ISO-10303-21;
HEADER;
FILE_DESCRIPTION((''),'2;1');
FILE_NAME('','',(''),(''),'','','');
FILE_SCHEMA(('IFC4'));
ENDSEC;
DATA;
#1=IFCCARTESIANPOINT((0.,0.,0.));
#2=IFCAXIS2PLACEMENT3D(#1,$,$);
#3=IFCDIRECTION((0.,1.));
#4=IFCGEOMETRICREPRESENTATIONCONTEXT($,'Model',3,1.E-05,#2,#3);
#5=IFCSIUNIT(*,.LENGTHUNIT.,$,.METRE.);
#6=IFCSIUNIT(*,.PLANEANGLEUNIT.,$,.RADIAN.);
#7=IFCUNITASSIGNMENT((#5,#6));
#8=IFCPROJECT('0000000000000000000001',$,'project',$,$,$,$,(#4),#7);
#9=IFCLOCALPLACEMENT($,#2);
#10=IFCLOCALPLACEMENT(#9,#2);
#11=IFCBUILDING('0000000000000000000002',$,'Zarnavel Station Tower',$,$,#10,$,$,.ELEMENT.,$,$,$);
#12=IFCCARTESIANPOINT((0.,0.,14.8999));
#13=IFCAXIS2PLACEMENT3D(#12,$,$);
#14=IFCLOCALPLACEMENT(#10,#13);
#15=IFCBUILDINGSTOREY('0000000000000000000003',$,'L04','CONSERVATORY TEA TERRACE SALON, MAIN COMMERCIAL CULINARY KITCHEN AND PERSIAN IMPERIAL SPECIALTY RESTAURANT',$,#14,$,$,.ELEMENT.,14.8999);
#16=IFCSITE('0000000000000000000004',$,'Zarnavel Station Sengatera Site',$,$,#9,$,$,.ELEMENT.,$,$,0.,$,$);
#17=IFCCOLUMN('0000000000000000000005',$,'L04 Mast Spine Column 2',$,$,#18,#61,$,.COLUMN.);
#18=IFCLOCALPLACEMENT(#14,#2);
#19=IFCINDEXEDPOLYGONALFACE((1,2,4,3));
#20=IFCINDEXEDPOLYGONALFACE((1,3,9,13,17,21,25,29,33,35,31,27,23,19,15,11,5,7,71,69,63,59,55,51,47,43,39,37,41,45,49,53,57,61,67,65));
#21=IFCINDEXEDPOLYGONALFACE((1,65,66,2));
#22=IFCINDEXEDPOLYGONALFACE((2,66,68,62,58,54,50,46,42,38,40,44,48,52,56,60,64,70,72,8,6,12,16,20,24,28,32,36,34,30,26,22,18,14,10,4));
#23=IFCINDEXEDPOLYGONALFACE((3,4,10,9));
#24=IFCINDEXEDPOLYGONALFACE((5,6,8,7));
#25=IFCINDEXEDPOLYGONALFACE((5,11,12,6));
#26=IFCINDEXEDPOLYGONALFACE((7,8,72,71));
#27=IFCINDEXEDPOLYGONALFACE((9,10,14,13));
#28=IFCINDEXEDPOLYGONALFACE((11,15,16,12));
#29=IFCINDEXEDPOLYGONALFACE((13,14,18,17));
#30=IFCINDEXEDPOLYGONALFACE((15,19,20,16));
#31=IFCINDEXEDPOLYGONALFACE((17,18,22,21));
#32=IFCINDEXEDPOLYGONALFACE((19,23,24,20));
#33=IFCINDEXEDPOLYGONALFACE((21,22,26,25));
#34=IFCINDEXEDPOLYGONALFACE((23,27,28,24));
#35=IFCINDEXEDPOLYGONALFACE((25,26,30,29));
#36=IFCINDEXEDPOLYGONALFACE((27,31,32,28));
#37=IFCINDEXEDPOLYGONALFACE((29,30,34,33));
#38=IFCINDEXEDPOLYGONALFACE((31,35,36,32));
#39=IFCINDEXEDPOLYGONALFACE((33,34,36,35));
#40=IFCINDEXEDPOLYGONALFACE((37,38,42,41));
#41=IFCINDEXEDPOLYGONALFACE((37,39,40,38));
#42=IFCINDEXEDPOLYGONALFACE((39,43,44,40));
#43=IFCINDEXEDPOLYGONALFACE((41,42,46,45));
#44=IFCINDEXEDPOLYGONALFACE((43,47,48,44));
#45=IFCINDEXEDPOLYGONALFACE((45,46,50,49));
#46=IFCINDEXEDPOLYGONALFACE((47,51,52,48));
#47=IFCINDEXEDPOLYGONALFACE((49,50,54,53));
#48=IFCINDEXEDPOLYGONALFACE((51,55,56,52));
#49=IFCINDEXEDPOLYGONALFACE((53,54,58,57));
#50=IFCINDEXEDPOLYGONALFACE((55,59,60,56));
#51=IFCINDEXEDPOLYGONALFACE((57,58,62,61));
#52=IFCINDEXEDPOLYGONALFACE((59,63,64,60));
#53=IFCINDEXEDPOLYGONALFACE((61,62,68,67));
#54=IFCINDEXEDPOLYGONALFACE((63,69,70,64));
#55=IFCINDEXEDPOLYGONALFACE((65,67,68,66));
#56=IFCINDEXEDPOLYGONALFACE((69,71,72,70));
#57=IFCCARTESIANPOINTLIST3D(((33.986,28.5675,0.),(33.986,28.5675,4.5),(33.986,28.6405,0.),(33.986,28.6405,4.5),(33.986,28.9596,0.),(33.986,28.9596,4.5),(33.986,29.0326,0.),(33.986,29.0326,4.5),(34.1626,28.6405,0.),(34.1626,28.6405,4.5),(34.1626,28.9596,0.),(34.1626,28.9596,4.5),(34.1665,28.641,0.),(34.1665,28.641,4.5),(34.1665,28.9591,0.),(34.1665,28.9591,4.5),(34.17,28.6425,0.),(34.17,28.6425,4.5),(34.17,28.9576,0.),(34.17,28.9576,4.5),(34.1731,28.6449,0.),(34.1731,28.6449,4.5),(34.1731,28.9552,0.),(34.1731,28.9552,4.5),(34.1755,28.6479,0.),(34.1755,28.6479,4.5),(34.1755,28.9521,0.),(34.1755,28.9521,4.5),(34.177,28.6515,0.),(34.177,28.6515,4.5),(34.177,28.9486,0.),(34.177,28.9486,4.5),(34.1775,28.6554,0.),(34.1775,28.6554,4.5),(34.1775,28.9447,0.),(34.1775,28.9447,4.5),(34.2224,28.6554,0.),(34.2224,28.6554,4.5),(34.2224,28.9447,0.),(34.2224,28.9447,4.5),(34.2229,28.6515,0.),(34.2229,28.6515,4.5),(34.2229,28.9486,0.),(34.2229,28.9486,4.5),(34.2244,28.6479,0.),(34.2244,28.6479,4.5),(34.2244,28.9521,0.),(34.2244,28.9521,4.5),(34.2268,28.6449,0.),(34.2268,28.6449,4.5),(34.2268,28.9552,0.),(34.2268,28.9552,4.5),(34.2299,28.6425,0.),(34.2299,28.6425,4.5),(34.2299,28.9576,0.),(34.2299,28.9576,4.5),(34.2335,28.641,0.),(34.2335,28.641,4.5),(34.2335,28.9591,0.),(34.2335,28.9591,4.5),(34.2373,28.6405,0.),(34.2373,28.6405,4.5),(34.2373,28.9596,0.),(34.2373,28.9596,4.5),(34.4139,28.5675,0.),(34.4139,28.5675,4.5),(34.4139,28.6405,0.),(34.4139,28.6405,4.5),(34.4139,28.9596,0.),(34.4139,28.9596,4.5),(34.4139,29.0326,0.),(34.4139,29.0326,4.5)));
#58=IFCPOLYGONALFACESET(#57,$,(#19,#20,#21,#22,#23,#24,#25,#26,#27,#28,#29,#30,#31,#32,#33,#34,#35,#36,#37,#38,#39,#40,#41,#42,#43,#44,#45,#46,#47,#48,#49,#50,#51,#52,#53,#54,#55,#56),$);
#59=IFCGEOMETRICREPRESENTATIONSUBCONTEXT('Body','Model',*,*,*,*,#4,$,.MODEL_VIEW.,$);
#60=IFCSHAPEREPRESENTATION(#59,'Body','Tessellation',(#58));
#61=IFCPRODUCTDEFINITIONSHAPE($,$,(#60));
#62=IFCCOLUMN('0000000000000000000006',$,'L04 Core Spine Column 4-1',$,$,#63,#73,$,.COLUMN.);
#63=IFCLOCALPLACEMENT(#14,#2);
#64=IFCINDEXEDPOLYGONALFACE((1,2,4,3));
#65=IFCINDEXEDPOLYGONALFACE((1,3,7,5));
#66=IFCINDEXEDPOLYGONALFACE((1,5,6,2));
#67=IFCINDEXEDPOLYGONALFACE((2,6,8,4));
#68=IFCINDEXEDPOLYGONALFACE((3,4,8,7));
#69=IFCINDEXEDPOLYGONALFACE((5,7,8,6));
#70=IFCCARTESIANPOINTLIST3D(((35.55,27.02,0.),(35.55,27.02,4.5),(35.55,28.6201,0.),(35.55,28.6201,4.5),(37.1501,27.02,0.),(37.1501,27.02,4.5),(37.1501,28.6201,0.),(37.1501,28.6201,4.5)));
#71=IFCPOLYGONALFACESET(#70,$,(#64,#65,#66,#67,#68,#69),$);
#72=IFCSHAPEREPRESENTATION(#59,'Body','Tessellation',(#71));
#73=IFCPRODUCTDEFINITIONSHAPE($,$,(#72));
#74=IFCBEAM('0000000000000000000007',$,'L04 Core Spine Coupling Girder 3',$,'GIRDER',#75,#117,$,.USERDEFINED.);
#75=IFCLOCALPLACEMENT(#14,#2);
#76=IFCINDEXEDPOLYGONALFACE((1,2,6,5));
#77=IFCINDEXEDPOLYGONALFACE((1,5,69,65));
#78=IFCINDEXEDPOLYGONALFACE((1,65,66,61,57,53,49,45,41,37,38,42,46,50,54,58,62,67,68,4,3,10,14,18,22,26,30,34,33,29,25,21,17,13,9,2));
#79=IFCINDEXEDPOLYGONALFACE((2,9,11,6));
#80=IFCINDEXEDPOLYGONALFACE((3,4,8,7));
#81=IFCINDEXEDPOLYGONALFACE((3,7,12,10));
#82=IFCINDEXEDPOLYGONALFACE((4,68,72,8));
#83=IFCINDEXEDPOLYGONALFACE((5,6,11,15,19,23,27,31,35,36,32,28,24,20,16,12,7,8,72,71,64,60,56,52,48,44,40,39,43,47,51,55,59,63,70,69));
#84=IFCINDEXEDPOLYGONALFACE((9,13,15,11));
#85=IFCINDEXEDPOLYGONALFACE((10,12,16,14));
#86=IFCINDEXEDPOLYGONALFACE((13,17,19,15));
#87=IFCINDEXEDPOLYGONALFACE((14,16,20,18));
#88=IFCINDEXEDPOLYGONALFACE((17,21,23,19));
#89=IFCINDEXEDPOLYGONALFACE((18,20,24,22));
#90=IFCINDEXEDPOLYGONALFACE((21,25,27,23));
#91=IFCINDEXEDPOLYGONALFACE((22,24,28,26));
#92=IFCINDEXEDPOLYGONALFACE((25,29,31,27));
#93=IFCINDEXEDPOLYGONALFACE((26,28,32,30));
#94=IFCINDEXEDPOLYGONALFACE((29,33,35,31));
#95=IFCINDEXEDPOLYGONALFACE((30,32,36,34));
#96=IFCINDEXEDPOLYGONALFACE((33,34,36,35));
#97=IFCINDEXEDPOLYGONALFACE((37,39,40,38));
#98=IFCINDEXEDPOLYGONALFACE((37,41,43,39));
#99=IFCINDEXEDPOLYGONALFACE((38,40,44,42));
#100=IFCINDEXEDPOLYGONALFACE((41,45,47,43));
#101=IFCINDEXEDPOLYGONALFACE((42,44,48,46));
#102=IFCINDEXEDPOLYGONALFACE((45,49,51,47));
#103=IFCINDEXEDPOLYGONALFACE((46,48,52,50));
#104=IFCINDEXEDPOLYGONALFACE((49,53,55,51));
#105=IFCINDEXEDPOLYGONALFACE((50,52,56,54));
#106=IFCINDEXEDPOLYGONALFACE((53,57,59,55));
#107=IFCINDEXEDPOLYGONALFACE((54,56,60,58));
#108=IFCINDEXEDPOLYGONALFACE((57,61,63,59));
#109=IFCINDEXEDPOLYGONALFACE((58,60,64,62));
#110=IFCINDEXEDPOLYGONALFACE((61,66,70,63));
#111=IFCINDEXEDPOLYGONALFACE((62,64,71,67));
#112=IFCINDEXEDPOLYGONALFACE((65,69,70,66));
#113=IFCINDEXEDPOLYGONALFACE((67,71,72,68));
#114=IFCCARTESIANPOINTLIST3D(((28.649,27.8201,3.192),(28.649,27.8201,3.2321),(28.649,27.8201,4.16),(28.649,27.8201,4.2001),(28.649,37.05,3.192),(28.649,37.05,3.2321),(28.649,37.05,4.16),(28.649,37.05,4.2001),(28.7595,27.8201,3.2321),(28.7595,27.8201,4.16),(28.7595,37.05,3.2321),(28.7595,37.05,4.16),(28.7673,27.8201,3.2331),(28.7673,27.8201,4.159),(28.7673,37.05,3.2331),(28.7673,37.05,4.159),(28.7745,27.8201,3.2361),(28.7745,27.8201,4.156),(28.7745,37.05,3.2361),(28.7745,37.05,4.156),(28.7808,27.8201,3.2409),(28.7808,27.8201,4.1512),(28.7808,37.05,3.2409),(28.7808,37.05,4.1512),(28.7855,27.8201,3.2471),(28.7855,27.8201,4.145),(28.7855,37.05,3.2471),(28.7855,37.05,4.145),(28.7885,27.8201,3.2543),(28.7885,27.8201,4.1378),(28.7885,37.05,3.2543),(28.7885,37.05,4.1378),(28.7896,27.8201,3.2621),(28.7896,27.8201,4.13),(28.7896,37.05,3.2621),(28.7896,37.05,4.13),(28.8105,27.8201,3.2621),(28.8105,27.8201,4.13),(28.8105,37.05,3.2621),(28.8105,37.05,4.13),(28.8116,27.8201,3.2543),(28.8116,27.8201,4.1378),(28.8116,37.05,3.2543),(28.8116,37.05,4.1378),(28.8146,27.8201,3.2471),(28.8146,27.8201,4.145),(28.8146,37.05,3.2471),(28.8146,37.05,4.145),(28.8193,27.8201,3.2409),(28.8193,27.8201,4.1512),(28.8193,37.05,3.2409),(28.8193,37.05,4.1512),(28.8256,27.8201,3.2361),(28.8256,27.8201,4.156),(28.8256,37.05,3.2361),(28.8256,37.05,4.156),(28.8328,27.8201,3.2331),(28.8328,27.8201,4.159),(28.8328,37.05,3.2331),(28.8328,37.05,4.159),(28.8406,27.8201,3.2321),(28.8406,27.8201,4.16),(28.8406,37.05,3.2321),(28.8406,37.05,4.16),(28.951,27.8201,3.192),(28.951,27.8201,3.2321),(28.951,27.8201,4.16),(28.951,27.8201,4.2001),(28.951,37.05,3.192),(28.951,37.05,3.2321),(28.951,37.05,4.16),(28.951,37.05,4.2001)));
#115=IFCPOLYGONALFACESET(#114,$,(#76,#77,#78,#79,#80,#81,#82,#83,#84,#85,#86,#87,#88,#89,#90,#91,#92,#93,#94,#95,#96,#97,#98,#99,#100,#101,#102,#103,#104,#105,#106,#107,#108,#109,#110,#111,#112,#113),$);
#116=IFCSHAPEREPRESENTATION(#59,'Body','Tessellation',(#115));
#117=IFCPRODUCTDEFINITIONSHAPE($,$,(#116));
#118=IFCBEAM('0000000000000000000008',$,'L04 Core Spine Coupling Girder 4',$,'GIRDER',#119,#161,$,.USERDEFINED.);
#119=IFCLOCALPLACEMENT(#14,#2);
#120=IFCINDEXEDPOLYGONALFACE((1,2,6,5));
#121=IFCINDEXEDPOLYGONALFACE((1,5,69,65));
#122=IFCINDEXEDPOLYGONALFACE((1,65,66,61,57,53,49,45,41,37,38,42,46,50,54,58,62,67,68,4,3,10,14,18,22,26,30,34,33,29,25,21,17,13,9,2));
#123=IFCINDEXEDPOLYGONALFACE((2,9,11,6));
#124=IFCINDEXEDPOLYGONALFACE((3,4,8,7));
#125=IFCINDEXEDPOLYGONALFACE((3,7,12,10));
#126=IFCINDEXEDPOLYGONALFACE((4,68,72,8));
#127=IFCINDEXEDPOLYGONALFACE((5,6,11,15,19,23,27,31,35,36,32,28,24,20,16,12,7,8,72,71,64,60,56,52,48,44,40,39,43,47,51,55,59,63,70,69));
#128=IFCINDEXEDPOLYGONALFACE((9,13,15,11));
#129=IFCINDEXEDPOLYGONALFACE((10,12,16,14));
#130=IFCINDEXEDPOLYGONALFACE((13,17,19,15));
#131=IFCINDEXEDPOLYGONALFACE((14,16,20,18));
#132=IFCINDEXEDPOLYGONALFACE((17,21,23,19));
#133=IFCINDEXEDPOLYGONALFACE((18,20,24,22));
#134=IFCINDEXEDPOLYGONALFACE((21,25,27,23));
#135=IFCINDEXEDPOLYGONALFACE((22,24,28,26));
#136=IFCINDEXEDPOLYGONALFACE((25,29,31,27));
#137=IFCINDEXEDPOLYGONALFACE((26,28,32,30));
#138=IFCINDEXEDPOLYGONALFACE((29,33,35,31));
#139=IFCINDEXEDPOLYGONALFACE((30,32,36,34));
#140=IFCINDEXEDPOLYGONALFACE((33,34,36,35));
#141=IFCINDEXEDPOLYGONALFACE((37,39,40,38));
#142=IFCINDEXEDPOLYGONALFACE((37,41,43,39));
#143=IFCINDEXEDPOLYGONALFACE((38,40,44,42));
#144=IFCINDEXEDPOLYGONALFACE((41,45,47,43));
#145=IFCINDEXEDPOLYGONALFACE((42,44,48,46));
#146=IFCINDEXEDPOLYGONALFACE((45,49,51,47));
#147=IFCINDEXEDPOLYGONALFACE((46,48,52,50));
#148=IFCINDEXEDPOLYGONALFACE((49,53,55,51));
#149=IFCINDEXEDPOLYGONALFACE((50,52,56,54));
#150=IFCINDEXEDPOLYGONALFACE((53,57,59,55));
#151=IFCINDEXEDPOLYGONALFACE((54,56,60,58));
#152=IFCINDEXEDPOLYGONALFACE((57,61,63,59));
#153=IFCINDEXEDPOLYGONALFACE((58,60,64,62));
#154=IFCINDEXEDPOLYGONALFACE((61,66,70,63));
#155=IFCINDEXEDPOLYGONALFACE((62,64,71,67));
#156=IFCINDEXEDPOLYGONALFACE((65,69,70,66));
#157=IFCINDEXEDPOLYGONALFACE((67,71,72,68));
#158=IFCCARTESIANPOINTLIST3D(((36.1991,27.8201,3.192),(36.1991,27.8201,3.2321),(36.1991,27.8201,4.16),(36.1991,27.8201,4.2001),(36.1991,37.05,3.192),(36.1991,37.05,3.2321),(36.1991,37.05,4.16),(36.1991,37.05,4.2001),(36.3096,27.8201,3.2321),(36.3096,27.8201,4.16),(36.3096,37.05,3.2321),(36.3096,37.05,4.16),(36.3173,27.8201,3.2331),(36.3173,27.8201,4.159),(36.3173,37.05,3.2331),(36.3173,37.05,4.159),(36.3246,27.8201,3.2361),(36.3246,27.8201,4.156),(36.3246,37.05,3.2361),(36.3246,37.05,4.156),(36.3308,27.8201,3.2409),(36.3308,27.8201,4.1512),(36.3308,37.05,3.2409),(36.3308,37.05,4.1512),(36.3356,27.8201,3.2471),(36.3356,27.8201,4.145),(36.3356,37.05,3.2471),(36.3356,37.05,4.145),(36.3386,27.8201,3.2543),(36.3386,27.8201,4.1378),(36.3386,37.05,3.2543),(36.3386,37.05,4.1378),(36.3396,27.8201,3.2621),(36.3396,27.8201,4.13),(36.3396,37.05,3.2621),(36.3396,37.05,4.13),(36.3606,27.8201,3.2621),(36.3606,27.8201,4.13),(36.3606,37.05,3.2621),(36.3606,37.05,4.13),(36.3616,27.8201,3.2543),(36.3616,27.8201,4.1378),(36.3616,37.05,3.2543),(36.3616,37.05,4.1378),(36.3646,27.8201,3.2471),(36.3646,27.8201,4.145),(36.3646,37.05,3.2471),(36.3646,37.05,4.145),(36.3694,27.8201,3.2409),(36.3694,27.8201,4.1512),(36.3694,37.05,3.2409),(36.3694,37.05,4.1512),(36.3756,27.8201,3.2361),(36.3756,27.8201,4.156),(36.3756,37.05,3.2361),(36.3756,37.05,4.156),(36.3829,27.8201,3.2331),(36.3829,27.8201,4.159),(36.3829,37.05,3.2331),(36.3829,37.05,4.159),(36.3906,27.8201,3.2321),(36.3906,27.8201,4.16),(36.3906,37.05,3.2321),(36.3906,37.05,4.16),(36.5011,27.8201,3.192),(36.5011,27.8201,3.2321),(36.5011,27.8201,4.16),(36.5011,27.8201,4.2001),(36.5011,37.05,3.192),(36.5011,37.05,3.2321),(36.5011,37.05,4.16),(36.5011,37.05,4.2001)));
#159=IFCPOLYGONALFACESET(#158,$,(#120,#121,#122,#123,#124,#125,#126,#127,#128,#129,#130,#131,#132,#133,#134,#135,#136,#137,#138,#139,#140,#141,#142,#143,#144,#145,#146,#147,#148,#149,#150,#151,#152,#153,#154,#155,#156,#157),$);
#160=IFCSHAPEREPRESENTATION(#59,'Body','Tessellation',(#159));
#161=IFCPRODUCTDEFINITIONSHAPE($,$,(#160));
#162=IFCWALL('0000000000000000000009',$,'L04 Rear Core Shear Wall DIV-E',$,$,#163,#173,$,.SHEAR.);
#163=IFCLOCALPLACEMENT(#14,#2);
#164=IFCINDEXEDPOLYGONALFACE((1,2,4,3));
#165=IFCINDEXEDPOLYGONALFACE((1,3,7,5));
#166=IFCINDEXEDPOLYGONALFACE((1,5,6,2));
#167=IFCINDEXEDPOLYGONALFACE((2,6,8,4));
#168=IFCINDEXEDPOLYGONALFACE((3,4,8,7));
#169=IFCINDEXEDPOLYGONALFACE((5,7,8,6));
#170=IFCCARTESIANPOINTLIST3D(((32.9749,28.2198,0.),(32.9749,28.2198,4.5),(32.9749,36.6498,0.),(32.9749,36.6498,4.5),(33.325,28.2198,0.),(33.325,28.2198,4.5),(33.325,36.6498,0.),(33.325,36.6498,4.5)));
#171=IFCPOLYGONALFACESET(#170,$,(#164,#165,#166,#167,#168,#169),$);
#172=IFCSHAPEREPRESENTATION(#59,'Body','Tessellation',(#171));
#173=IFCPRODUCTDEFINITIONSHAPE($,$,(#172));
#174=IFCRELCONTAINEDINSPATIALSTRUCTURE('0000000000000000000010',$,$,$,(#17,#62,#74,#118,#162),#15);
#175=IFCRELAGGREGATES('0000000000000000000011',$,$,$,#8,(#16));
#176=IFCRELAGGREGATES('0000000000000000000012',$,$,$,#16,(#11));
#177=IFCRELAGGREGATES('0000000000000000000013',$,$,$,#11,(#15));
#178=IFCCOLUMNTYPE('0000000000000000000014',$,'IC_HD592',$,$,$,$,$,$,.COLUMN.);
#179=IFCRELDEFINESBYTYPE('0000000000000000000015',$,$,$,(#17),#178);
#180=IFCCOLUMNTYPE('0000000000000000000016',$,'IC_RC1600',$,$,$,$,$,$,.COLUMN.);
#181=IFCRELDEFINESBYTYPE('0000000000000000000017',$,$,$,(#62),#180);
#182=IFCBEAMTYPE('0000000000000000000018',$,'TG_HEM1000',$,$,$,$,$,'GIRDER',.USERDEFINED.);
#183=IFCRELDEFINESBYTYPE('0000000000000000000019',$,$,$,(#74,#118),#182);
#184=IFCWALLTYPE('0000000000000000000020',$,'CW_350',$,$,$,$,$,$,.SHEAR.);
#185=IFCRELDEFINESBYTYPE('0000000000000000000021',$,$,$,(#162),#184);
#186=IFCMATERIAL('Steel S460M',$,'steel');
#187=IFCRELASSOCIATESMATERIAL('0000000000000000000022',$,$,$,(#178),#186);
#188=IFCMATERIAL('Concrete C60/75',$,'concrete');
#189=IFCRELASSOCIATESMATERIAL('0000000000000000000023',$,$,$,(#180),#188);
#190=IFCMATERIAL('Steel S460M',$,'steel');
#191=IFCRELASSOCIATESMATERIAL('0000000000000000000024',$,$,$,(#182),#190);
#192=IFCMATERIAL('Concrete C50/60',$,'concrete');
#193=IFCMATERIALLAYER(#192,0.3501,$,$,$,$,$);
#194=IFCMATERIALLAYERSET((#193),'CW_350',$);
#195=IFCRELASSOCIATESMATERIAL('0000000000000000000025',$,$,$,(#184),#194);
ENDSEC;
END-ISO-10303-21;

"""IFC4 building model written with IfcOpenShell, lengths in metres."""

from ifc_helpers import new_model, si_unit, direction, frame, frame_2d, origin, origin_2d, place, context, subcontext, project, spatial, rectangle, i_section, extrude, material, layer, layer_set, material_profile, profile_set, type_object, element, save


model = new_model("IFC4")

# Units and contexts
model_context = context("Model", 3, precision=1e-05, world=origin(), true_north=direction((0.0, 1.0)))
body_context = subcontext(model_context, "Body", "Model", "MODEL_VIEW")
ifc_project = project(units=[si_unit("LENGTHUNIT", "METRE"), si_unit("PLANEANGLEUNIT", "RADIAN")], contexts=[model_context])

# Site, building, storey
site_placement = place(None, origin())
site = spatial("IfcSite", under=ifc_project, at=site_placement, Name="Zarnavel Station Sengatera Site", CompositionType="ELEMENT", RefElevation=0.0)
building_placement = place(site_placement, origin())
building = spatial("IfcBuilding", under=site, at=building_placement, Name="Zarnavel Station Tower", CompositionType="ELEMENT")
storey_placement = place(building_placement, frame((0.0, 0.0, 14.8999)))
storey = spatial("IfcBuildingStorey", under=building, at=storey_placement, Name="L04", Description="CONSERVATORY TEA TERRACE SALON, MAIN COMMERCIAL CULINARY KITCHEN AND PERSIAN IMPERIAL SPECIALTY RESTAURANT", CompositionType="ELEMENT", Elevation=14.8999)

# Columns
ifc_material_1 = material(Name="Steel S460M", Category="steel")
ifc_material_profile_1 = material_profile(ifc_material_1, i_section(OverallWidth=0.428, OverallDepth=0.4651, WebThickness=0.0449, FlangeThickness=0.073, FilletRadius=0.0149, at=origin_2d()), Name="HD400x592")
ifc_profile_set_1 = profile_set([ifc_material_profile_1], Name="Steel S460M")
column_type_1 = type_object("IfcColumnType", Name="IC_HD592", PredefinedType="COLUMN", material=ifc_profile_set_1)
column_1_placement = place(storey_placement, frame((34.2, 28.8, 0.0), z_axis=(0.0, 0.0, 1.0), x_axis=(1.0, 0.0, 0.0)))
element("IfcColumn", 1, at=column_1_placement, inside=storey, type_object=column_type_1, Name="L04 Mast Spine Column 2", PredefinedType="COLUMN", context=body_context, shape_type="SweptSolid", body=[
    extrude(i_section(OverallWidth=0.428, OverallDepth=0.4651, WebThickness=0.0449, FlangeThickness=0.073, FilletRadius=0.0149, at=origin_2d()), origin(), (0.0, 0.0, 1.0), 4.5),
])
ifc_material_2 = material(Name="Concrete C60/75", Category="concrete")
ifc_material_profile_2 = material_profile(ifc_material_2, rectangle(XDim=1.6001, YDim=1.6001, at=origin_2d()), Name="RC1600x1600")
ifc_profile_set_2 = profile_set([ifc_material_profile_2], Name="Concrete C60/75")
column_type_2 = type_object("IfcColumnType", Name="IC_RC1600", PredefinedType="COLUMN", material=ifc_profile_set_2)
column_2_placement = place(storey_placement, frame((36.3501, 27.8201, 0.0), z_axis=(0.0, 0.0, 1.0), x_axis=(1.0, 0.0, 0.0)))
element("IfcColumn", 2, at=column_2_placement, inside=storey, type_object=column_type_2, Name="L04 Core Spine Column 4-1", PredefinedType="COLUMN", context=body_context, shape_type="SweptSolid", body=[
    extrude(rectangle(XDim=1.6001, YDim=1.6001, at=origin_2d()), origin(), (0.0, 0.0, 1.0), 4.5),
])

# Beams
ifc_material_3 = material(Name="Steel S460M", Category="steel")
ifc_material_profile_3 = material_profile(ifc_material_3, i_section(OverallWidth=0.302, OverallDepth=1.0081, WebThickness=0.021, FlangeThickness=0.04, FilletRadius=0.03, at=origin_2d()), Name="HEM1000")
ifc_profile_set_3 = profile_set([ifc_material_profile_3], Name="Steel S460M")
beam_type = type_object("IfcBeamType", Name="TG_HEM1000", ElementType="GIRDER", PredefinedType="USERDEFINED", material=ifc_profile_set_3)
for number, where, z_axis, x_axis, name in (
    (3, (28.8, 27.8201, 3.696), (0.0, 1.0, 0.0), (-1.0, 0.0, 0.0), "L04 Core Spine Coupling Girder 3"),
    (4, (36.3501, 27.8201, 3.696), (0.0, 1.0, 0.0), (-1.0, 0.0, 0.0), "L04 Core Spine Coupling Girder 4"),
):
    element("IfcBeam", number, at=place(storey_placement, frame(where, z_axis=z_axis, x_axis=x_axis)), inside=storey, type_object=beam_type, Name=name, ObjectType="GIRDER", PredefinedType="USERDEFINED", context=body_context, shape_type="SweptSolid", body=[
        extrude(i_section(OverallWidth=0.302, OverallDepth=1.0081, WebThickness=0.021, FlangeThickness=0.04, FilletRadius=0.03, at=origin_2d()), origin(), (0.0, 0.0, 1.0), 9.23),
    ])

# Wall
ifc_material_4 = material(Name="Concrete C50/60", Category="concrete")
ifc_layer_1 = layer(ifc_material_4, 0.3501)
ifc_layer_set_1 = layer_set([ifc_layer_1], Name="CW_350")
wall_type_1 = type_object("IfcWallType", Name="CW_350", PredefinedType="SHEAR", material=ifc_layer_set_1)
wall_1_placement = place(storey_placement, frame((33.1499, 28.22, 0.0), z_axis=(0.0, 0.0, 1.0), x_axis=(0.0, 1.0, 0.0)))
element("IfcWall", 5, at=wall_1_placement, inside=storey, type_object=wall_type_1, Name="L04 Rear Core Shear Wall DIV-E", PredefinedType="SHEAR", context=body_context, shape_type="SweptSolid", body=[
    extrude(rectangle(XDim=8.4299, YDim=0.3501, at=frame_2d((4.2148, 0.0))), origin(), (0.0, 0.0, 1.0), 4.5),
])

save(model, "model.ifc")
